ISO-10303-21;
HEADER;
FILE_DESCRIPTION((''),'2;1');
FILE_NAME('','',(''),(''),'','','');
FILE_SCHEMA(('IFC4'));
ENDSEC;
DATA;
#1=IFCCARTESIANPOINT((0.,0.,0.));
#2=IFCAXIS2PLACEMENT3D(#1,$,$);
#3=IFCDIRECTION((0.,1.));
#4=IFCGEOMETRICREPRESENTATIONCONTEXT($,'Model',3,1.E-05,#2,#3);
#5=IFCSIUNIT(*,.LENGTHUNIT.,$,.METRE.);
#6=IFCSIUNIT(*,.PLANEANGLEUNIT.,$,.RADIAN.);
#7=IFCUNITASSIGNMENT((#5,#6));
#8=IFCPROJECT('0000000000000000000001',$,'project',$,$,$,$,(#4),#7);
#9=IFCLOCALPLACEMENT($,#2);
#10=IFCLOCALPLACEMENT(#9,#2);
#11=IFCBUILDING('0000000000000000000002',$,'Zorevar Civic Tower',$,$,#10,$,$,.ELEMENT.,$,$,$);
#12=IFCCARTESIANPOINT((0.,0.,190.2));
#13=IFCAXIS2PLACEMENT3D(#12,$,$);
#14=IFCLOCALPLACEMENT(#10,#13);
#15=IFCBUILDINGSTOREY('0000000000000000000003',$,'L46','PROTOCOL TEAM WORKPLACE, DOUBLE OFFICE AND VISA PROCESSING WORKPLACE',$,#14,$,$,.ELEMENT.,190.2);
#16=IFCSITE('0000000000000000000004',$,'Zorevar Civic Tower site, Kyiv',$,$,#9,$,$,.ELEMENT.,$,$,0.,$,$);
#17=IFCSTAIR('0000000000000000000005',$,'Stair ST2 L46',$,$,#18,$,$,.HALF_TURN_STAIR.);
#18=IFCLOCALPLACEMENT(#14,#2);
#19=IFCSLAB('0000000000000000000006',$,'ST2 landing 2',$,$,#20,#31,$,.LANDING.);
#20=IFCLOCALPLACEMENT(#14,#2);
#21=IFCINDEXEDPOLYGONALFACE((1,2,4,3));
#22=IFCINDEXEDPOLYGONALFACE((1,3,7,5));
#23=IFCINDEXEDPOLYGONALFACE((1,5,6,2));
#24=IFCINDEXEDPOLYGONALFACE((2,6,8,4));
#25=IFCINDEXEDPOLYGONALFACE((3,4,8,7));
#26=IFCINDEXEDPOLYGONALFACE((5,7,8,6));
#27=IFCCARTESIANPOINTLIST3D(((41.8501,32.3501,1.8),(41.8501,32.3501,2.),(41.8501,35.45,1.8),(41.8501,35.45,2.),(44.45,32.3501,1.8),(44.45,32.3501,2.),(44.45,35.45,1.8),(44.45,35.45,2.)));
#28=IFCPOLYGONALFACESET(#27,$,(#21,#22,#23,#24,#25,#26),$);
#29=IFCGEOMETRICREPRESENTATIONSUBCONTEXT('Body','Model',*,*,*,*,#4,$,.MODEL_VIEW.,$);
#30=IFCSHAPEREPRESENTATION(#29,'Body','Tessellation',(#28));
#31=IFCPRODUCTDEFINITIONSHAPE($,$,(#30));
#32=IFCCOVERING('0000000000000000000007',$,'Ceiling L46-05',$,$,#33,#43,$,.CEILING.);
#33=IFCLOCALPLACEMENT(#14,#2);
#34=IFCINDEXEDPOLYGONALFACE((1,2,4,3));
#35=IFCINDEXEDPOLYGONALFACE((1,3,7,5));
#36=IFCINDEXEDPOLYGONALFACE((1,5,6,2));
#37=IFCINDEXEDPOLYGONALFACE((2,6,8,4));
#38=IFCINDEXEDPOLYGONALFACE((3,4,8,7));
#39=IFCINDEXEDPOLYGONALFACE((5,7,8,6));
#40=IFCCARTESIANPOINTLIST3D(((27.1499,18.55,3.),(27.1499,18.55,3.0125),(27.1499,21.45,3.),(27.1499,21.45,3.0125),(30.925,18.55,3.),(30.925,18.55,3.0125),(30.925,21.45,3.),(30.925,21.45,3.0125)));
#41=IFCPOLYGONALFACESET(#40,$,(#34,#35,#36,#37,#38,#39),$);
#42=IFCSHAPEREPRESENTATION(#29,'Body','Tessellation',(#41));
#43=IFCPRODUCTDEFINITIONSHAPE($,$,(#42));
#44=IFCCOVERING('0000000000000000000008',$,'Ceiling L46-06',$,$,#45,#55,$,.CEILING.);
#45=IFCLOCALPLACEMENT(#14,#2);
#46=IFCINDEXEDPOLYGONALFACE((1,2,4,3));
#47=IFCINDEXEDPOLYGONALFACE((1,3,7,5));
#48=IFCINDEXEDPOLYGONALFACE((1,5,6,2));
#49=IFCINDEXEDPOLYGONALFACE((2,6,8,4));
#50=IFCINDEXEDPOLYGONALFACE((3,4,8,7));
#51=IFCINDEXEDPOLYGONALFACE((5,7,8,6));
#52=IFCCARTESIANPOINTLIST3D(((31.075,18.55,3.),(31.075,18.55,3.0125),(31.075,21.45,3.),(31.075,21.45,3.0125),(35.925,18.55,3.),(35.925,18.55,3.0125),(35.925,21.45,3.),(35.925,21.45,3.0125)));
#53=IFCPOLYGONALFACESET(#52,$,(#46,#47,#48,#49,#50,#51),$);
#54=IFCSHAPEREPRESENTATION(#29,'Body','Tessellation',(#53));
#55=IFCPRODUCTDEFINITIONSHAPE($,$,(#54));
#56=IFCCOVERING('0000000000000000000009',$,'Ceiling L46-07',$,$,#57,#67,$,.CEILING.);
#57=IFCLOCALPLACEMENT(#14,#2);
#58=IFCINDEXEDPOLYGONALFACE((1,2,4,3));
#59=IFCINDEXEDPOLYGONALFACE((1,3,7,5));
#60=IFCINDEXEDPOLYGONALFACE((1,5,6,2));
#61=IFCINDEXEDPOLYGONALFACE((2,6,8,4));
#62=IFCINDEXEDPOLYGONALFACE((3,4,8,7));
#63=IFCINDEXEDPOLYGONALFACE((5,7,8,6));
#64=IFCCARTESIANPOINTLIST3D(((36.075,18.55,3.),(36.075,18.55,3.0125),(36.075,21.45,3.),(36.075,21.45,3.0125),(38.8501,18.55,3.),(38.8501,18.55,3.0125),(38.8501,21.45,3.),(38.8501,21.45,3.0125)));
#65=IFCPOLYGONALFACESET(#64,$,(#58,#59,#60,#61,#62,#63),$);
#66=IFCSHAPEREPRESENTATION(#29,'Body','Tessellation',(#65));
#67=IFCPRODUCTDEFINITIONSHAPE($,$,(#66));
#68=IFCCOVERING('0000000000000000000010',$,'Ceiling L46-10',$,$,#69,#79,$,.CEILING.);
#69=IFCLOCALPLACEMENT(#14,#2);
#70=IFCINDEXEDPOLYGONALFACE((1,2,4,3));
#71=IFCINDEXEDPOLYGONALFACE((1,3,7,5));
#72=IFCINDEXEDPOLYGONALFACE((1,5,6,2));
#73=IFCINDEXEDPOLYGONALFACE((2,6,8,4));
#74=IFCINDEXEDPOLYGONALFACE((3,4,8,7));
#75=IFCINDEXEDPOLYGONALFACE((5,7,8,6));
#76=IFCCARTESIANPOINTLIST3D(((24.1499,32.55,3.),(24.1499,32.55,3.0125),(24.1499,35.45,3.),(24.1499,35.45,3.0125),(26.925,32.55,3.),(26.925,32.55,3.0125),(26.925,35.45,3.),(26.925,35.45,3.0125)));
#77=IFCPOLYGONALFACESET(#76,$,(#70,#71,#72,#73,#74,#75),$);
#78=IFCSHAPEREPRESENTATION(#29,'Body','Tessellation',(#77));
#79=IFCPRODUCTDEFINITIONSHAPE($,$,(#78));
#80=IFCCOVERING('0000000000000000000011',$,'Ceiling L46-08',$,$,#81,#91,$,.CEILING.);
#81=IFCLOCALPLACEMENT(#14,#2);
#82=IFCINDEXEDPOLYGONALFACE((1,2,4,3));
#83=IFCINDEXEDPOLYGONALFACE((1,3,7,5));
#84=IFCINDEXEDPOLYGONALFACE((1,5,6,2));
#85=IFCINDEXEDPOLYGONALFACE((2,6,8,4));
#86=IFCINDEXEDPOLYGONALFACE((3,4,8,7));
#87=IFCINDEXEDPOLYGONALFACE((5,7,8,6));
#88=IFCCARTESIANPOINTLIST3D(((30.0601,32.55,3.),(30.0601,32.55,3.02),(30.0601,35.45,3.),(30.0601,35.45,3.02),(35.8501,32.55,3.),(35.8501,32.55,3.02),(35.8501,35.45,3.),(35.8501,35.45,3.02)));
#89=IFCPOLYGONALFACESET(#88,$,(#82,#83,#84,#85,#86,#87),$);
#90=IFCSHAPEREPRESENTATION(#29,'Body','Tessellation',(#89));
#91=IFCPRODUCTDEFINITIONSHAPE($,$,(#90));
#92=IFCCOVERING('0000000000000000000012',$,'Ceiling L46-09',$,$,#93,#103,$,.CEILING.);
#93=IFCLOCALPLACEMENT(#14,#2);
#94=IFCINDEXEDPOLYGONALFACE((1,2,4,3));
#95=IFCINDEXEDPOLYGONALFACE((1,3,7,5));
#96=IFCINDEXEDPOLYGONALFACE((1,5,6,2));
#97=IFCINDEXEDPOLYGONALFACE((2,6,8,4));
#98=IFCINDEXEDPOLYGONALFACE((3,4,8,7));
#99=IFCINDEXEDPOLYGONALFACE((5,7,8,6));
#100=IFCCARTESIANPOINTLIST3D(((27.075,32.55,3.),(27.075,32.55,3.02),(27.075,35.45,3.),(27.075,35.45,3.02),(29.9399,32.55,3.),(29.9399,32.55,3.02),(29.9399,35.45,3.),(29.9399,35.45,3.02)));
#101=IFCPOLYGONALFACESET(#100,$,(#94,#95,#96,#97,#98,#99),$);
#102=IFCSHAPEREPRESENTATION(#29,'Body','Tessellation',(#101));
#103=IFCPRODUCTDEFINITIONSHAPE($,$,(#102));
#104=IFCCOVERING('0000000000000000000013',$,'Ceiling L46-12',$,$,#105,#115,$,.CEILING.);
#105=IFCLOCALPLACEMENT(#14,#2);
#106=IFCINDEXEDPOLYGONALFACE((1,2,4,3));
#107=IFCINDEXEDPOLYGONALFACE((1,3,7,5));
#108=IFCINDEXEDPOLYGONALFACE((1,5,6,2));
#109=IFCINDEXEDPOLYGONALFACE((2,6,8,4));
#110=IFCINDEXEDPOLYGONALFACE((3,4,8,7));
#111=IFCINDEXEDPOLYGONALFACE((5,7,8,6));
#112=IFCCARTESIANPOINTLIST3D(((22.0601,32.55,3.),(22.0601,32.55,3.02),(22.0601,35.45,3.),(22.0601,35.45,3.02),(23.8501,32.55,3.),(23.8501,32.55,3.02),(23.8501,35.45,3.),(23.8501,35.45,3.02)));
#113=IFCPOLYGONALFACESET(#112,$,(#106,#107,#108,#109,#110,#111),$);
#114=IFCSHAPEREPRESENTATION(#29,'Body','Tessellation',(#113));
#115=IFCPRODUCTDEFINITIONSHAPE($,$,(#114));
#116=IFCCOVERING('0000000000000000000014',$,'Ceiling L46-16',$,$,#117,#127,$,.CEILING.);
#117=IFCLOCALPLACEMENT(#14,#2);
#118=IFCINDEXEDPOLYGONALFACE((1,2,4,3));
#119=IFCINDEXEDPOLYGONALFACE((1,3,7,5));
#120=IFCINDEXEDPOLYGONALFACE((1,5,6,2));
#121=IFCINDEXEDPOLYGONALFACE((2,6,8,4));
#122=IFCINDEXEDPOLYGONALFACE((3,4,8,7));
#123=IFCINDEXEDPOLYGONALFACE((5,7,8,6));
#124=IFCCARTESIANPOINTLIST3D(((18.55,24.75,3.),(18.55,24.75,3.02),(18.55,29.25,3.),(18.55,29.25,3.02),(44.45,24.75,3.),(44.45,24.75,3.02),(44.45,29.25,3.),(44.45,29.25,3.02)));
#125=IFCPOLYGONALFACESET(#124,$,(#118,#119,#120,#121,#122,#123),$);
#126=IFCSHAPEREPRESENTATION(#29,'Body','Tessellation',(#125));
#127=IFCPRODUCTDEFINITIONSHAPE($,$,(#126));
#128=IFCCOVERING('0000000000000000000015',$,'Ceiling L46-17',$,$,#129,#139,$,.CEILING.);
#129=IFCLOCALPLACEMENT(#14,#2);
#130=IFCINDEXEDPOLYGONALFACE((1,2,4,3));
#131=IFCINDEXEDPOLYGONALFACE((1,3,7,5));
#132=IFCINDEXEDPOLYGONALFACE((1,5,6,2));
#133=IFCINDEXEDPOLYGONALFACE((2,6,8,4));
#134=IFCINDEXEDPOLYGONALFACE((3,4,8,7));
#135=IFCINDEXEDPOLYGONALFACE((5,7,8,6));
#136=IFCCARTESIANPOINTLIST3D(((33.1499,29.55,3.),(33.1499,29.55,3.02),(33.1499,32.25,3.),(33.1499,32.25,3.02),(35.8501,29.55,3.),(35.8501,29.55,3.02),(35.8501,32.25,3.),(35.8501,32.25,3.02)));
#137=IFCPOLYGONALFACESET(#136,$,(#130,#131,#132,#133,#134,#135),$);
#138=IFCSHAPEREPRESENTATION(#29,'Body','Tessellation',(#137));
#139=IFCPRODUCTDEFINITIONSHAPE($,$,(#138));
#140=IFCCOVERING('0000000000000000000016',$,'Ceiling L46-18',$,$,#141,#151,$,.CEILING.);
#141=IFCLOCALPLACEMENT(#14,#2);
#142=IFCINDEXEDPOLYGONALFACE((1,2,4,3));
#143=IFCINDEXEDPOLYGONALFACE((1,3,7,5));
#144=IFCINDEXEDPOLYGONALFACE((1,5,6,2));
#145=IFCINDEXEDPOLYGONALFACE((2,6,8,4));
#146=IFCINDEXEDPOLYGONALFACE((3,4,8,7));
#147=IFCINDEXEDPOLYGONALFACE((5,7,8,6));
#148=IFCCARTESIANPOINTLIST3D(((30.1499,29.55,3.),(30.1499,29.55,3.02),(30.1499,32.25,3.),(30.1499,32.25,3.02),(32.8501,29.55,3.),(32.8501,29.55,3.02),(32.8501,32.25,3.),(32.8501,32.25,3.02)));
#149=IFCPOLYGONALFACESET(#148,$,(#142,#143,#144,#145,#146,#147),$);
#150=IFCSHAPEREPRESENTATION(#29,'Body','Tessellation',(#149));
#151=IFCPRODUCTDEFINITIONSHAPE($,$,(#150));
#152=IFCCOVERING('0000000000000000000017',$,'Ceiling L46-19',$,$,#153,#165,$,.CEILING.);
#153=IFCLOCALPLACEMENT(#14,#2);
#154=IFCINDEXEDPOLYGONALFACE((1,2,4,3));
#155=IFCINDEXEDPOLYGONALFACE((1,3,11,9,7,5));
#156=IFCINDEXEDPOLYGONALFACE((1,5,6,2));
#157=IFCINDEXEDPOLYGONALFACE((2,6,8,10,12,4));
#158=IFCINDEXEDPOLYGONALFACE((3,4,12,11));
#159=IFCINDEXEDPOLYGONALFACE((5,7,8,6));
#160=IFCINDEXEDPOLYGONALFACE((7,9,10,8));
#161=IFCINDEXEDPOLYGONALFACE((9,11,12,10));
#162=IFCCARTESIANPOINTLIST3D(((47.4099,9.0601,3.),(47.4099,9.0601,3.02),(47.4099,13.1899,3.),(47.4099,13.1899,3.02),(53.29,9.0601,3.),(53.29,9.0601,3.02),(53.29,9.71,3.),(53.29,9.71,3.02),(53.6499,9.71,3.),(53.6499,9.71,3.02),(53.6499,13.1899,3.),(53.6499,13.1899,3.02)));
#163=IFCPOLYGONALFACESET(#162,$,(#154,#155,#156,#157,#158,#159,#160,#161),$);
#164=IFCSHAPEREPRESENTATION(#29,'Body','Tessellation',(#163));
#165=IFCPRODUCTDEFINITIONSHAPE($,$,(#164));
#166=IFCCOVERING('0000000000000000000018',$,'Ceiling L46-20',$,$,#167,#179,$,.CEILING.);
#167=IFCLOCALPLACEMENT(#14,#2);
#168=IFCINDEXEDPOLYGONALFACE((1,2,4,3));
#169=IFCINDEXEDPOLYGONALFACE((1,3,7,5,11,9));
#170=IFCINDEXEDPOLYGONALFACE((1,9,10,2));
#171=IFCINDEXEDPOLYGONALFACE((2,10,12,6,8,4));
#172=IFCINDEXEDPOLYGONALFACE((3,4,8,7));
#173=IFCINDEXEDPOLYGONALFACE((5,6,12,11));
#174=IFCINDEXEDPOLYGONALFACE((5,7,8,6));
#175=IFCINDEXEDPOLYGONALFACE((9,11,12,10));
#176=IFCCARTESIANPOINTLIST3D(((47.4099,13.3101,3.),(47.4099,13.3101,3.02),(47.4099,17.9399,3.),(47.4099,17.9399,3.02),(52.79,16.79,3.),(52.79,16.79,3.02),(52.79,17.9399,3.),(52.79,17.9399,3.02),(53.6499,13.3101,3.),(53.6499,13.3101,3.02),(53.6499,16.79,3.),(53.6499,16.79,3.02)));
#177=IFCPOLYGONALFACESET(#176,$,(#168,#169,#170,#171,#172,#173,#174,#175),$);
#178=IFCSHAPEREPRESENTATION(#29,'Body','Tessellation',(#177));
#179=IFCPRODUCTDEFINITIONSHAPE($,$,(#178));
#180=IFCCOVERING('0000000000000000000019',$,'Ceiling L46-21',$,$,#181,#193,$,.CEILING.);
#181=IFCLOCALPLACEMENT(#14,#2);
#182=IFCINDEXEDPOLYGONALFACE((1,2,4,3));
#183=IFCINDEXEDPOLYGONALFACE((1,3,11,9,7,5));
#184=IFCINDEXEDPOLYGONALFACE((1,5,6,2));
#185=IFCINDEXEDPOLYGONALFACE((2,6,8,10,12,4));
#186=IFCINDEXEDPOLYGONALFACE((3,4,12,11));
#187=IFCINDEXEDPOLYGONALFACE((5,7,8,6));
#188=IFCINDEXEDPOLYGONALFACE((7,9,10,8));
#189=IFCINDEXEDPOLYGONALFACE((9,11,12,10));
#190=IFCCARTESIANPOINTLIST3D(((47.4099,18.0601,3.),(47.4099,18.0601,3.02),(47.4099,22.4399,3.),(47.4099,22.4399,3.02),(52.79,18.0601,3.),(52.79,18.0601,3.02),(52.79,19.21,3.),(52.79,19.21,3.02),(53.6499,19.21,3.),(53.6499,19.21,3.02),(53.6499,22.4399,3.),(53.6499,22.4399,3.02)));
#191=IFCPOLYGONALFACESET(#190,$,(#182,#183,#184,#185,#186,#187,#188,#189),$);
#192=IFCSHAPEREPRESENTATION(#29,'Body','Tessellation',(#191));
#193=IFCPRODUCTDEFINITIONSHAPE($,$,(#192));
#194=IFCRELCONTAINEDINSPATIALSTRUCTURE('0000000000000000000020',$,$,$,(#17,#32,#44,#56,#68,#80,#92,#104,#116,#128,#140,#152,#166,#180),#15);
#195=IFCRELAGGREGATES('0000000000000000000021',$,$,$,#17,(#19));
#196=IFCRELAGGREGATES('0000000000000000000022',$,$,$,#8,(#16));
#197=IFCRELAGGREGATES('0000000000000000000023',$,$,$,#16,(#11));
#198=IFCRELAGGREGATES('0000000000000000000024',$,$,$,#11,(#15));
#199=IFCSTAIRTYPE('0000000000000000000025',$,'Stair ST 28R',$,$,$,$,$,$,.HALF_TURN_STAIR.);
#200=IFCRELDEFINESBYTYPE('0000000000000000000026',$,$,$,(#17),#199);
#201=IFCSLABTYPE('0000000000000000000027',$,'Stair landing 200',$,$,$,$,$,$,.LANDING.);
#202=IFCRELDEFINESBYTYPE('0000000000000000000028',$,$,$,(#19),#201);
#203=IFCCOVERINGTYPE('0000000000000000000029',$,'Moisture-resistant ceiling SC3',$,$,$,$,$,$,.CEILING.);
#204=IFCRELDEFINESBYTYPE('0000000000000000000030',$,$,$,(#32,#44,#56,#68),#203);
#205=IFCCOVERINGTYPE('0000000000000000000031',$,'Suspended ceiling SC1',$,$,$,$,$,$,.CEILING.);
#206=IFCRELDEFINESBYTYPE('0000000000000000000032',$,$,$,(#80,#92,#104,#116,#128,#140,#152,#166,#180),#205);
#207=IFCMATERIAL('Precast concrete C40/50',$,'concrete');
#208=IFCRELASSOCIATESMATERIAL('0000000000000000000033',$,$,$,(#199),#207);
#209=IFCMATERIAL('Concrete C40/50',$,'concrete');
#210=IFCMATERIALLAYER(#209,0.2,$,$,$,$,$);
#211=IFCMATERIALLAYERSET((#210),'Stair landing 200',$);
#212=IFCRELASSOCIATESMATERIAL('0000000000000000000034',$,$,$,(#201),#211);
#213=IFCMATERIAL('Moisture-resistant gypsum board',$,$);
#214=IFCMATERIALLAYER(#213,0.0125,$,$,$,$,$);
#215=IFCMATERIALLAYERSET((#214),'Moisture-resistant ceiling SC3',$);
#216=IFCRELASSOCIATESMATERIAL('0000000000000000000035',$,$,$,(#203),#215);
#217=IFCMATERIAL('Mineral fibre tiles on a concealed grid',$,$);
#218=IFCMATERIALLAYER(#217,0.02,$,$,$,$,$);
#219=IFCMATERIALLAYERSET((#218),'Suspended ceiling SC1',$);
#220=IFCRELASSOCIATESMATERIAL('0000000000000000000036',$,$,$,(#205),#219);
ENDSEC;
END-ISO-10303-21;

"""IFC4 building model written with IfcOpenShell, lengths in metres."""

from ifc_helpers import new_model, si_unit, direction, frame, origin, place, context, subcontext, project, spatial, polyline, outline, extrude, material, layer, layer_set, type_object, element, aggregate, save


model = new_model("IFC4")

# Units and contexts
model_context = context("Model", 3, precision=1e-05, world=origin(), true_north=direction((0.0, 1.0)))
body_context = subcontext(model_context, "Body", "Model", "MODEL_VIEW")
ifc_project = project(units=[si_unit("LENGTHUNIT", "METRE"), si_unit("PLANEANGLEUNIT", "RADIAN")], contexts=[model_context])

# Site, building, storey
site_placement = place(None, origin())
site = spatial("IfcSite", under=ifc_project, at=site_placement, Name="Zorevar Civic Tower site, Kyiv", CompositionType="ELEMENT", RefElevation=0.0)
building_placement = place(site_placement, origin())
building = spatial("IfcBuilding", under=site, at=building_placement, Name="Zorevar Civic Tower", CompositionType="ELEMENT")
storey_placement = place(building_placement, frame((0.0, 0.0, 190.2)))
storey = spatial("IfcBuildingStorey", under=building, at=storey_placement, Name="L46", Description="PROTOCOL TEAM WORKPLACE, DOUBLE OFFICE AND VISA PROCESSING WORKPLACE", CompositionType="ELEMENT", Elevation=190.2)

# Stair, slab
ifc_material_1 = material(Name="Precast concrete C40/50", Category="concrete")
stair_type = type_object("IfcStairType", Name="Stair ST 28R", PredefinedType="HALF_TURN_STAIR", material=ifc_material_1)
ifc_material_2 = material(Name="Concrete C40/50", Category="concrete")
ifc_layer_1 = layer(ifc_material_2, 0.2)
ifc_layer_set_1 = layer_set([ifc_layer_1], Name="Stair landing 200")
slab_type_1 = type_object("IfcSlabType", Name="Stair landing 200", PredefinedType="LANDING", material=ifc_layer_set_1)
stair_1_placement = place(storey_placement, origin())
stair_1 = element("IfcStair", 1, at=stair_1_placement, inside=storey, type_object=stair_type, Name="Stair ST2 L46", PredefinedType="HALF_TURN_STAIR")
slab_1_placement = place(storey_placement, frame((0.0, 0.0, 1.8)))
slab_1 = element("IfcSlab", 2, at=slab_1_placement, type_object=slab_type_1, Name="ST2 landing 2", PredefinedType="LANDING", context=body_context, shape_type="SweptSolid", body=[
    extrude(outline(polyline([(44.45, 32.3501), (41.8501, 32.3501), (41.8501, 35.45), (44.45, 35.45), (44.45, 32.3501)])), origin(), (0.0, 0.0, 1.0), 0.2),
])
aggregate(stair_1, [slab_1])

# Coverings
ifc_material_3 = material(Name="Moisture-resistant gypsum board")
ifc_layer_2 = layer(ifc_material_3, 0.0125)
ifc_layer_set_2 = layer_set([ifc_layer_2], Name="Moisture-resistant ceiling SC3")
covering_type_1 = type_object("IfcCoveringType", Name="Moisture-resistant ceiling SC3", PredefinedType="CEILING", material=ifc_layer_set_2)
covering_1_placement = place(storey_placement, frame((0.0, 0.0, 3.0)))
element("IfcCovering", 3, at=covering_1_placement, inside=storey, type_object=covering_type_1, Name="Ceiling L46-05", PredefinedType="CEILING", context=body_context, shape_type="SweptSolid", body=[
    extrude(outline(polyline([(30.925, 18.55), (30.925, 21.45), (27.1499, 21.45), (27.1499, 18.55), (30.925, 18.55)])), origin(), (0.0, 0.0, 1.0), 0.0125),
])
covering_2_placement = place(storey_placement, frame((0.0, 0.0, 3.0)))
element("IfcCovering", 4, at=covering_2_placement, inside=storey, type_object=covering_type_1, Name="Ceiling L46-06", PredefinedType="CEILING", context=body_context, shape_type="SweptSolid", body=[
    extrude(outline(polyline([(35.925, 18.55), (35.925, 21.45), (31.075, 21.45), (31.075, 18.55), (35.925, 18.55)])), origin(), (0.0, 0.0, 1.0), 0.0125),
])
covering_3_placement = place(storey_placement, frame((0.0, 0.0, 3.0)))
element("IfcCovering", 5, at=covering_3_placement, inside=storey, type_object=covering_type_1, Name="Ceiling L46-07", PredefinedType="CEILING", context=body_context, shape_type="SweptSolid", body=[
    extrude(outline(polyline([(38.8501, 18.55), (38.8501, 21.45), (36.075, 21.45), (36.075, 18.55), (38.8501, 18.55)])), origin(), (0.0, 0.0, 1.0), 0.0125),
])
covering_4_placement = place(storey_placement, frame((0.0, 0.0, 3.0)))
element("IfcCovering", 6, at=covering_4_placement, inside=storey, type_object=covering_type_1, Name="Ceiling L46-10", PredefinedType="CEILING", context=body_context, shape_type="SweptSolid", body=[
    extrude(outline(polyline([(26.925, 32.55), (26.925, 35.45), (24.1499, 35.45), (24.1499, 32.55), (26.925, 32.55)])), origin(), (0.0, 0.0, 1.0), 0.0125),
])
ifc_material_4 = material(Name="Mineral fibre tiles on a concealed grid")
ifc_layer_3 = layer(ifc_material_4, 0.02)
ifc_layer_set_3 = layer_set([ifc_layer_3], Name="Suspended ceiling SC1")
covering_type_2 = type_object("IfcCoveringType", Name="Suspended ceiling SC1", PredefinedType="CEILING", material=ifc_layer_set_3)
covering_5_placement = place(storey_placement, frame((0.0, 0.0, 3.0)))
element("IfcCovering", 7, at=covering_5_placement, inside=storey, type_object=covering_type_2, Name="Ceiling L46-08", PredefinedType="CEILING", context=body_context, shape_type="SweptSolid", body=[
    extrude(outline(polyline([(35.8501, 32.55), (35.8501, 35.45), (30.0601, 35.45), (30.0601, 32.55), (35.8501, 32.55)])), origin(), (0.0, 0.0, 1.0), 0.02),
])
covering_6_placement = place(storey_placement, frame((0.0, 0.0, 3.0)))
element("IfcCovering", 8, at=covering_6_placement, inside=storey, type_object=covering_type_2, Name="Ceiling L46-09", PredefinedType="CEILING", context=body_context, shape_type="SweptSolid", body=[
    extrude(outline(polyline([(29.9399, 32.55), (29.9399, 35.45), (27.075, 35.45), (27.075, 32.55), (29.9399, 32.55)])), origin(), (0.0, 0.0, 1.0), 0.02),
])
covering_7_placement = place(storey_placement, frame((0.0, 0.0, 3.0)))
element("IfcCovering", 9, at=covering_7_placement, inside=storey, type_object=covering_type_2, Name="Ceiling L46-12", PredefinedType="CEILING", context=body_context, shape_type="SweptSolid", body=[
    extrude(outline(polyline([(23.8501, 32.55), (23.8501, 35.45), (22.0601, 35.45), (22.0601, 32.55), (23.8501, 32.55)])), origin(), (0.0, 0.0, 1.0), 0.02),
])
covering_8_placement = place(storey_placement, frame((0.0, 0.0, 3.0)))
element("IfcCovering", 10, at=covering_8_placement, inside=storey, type_object=covering_type_2, Name="Ceiling L46-16", PredefinedType="CEILING", context=body_context, shape_type="SweptSolid", body=[
    extrude(outline(polyline([(44.45, 24.75), (44.45, 29.25), (18.55, 29.25), (18.55, 24.75), (44.45, 24.75)])), origin(), (0.0, 0.0, 1.0), 0.02),
])
covering_9_placement = place(storey_placement, frame((0.0, 0.0, 3.0)))
element("IfcCovering", 11, at=covering_9_placement, inside=storey, type_object=covering_type_2, Name="Ceiling L46-17", PredefinedType="CEILING", context=body_context, shape_type="SweptSolid", body=[
    extrude(outline(polyline([(35.8501, 29.55), (35.8501, 32.25), (33.1499, 32.25), (33.1499, 29.55), (35.8501, 29.55)])), origin(), (0.0, 0.0, 1.0), 0.02),
])
covering_10_placement = place(storey_placement, frame((0.0, 0.0, 3.0)))
element("IfcCovering", 12, at=covering_10_placement, inside=storey, type_object=covering_type_2, Name="Ceiling L46-18", PredefinedType="CEILING", context=body_context, shape_type="SweptSolid", body=[
    extrude(outline(polyline([(32.8501, 29.55), (32.8501, 32.25), (30.1499, 32.25), (30.1499, 29.55), (32.8501, 29.55)])), origin(), (0.0, 0.0, 1.0), 0.02),
])
covering_11_placement = place(storey_placement, frame((0.0, 0.0, 3.0)))
element("IfcCovering", 13, at=covering_11_placement, inside=storey, type_object=covering_type_2, Name="Ceiling L46-19", PredefinedType="CEILING", context=body_context, shape_type="SweptSolid", body=[
    extrude(outline(polyline([(47.4099, 13.1899), (53.6499, 13.1899), (53.6499, 9.71), (53.29, 9.71), (53.29, 9.0601), (47.4099, 9.0601), (47.4099, 13.1899)])), origin(), (0.0, 0.0, 1.0), 0.02),
])
covering_12_placement = place(storey_placement, frame((0.0, 0.0, 3.0)))
element("IfcCovering", 14, at=covering_12_placement, inside=storey, type_object=covering_type_2, Name="Ceiling L46-20", PredefinedType="CEILING", context=body_context, shape_type="SweptSolid", body=[
    extrude(outline(polyline([(47.4099, 17.9399), (52.79, 17.9399), (52.79, 16.79), (53.6499, 16.79), (53.6499, 13.3101), (47.4099, 13.3101), (47.4099, 17.9399)])), origin(), (0.0, 0.0, 1.0), 0.02),
])
covering_13_placement = place(storey_placement, frame((0.0, 0.0, 3.0)))
element("IfcCovering", 15, at=covering_13_placement, inside=storey, type_object=covering_type_2, Name="Ceiling L46-21", PredefinedType="CEILING", context=body_context, shape_type="SweptSolid", body=[
    extrude(outline(polyline([(47.4099, 22.4399), (53.6499, 22.4399), (53.6499, 19.21), (52.79, 19.21), (52.79, 18.0601), (47.4099, 18.0601), (47.4099, 22.4399)])), origin(), (0.0, 0.0, 1.0), 0.02),
])

save(model, "model.ifc")
